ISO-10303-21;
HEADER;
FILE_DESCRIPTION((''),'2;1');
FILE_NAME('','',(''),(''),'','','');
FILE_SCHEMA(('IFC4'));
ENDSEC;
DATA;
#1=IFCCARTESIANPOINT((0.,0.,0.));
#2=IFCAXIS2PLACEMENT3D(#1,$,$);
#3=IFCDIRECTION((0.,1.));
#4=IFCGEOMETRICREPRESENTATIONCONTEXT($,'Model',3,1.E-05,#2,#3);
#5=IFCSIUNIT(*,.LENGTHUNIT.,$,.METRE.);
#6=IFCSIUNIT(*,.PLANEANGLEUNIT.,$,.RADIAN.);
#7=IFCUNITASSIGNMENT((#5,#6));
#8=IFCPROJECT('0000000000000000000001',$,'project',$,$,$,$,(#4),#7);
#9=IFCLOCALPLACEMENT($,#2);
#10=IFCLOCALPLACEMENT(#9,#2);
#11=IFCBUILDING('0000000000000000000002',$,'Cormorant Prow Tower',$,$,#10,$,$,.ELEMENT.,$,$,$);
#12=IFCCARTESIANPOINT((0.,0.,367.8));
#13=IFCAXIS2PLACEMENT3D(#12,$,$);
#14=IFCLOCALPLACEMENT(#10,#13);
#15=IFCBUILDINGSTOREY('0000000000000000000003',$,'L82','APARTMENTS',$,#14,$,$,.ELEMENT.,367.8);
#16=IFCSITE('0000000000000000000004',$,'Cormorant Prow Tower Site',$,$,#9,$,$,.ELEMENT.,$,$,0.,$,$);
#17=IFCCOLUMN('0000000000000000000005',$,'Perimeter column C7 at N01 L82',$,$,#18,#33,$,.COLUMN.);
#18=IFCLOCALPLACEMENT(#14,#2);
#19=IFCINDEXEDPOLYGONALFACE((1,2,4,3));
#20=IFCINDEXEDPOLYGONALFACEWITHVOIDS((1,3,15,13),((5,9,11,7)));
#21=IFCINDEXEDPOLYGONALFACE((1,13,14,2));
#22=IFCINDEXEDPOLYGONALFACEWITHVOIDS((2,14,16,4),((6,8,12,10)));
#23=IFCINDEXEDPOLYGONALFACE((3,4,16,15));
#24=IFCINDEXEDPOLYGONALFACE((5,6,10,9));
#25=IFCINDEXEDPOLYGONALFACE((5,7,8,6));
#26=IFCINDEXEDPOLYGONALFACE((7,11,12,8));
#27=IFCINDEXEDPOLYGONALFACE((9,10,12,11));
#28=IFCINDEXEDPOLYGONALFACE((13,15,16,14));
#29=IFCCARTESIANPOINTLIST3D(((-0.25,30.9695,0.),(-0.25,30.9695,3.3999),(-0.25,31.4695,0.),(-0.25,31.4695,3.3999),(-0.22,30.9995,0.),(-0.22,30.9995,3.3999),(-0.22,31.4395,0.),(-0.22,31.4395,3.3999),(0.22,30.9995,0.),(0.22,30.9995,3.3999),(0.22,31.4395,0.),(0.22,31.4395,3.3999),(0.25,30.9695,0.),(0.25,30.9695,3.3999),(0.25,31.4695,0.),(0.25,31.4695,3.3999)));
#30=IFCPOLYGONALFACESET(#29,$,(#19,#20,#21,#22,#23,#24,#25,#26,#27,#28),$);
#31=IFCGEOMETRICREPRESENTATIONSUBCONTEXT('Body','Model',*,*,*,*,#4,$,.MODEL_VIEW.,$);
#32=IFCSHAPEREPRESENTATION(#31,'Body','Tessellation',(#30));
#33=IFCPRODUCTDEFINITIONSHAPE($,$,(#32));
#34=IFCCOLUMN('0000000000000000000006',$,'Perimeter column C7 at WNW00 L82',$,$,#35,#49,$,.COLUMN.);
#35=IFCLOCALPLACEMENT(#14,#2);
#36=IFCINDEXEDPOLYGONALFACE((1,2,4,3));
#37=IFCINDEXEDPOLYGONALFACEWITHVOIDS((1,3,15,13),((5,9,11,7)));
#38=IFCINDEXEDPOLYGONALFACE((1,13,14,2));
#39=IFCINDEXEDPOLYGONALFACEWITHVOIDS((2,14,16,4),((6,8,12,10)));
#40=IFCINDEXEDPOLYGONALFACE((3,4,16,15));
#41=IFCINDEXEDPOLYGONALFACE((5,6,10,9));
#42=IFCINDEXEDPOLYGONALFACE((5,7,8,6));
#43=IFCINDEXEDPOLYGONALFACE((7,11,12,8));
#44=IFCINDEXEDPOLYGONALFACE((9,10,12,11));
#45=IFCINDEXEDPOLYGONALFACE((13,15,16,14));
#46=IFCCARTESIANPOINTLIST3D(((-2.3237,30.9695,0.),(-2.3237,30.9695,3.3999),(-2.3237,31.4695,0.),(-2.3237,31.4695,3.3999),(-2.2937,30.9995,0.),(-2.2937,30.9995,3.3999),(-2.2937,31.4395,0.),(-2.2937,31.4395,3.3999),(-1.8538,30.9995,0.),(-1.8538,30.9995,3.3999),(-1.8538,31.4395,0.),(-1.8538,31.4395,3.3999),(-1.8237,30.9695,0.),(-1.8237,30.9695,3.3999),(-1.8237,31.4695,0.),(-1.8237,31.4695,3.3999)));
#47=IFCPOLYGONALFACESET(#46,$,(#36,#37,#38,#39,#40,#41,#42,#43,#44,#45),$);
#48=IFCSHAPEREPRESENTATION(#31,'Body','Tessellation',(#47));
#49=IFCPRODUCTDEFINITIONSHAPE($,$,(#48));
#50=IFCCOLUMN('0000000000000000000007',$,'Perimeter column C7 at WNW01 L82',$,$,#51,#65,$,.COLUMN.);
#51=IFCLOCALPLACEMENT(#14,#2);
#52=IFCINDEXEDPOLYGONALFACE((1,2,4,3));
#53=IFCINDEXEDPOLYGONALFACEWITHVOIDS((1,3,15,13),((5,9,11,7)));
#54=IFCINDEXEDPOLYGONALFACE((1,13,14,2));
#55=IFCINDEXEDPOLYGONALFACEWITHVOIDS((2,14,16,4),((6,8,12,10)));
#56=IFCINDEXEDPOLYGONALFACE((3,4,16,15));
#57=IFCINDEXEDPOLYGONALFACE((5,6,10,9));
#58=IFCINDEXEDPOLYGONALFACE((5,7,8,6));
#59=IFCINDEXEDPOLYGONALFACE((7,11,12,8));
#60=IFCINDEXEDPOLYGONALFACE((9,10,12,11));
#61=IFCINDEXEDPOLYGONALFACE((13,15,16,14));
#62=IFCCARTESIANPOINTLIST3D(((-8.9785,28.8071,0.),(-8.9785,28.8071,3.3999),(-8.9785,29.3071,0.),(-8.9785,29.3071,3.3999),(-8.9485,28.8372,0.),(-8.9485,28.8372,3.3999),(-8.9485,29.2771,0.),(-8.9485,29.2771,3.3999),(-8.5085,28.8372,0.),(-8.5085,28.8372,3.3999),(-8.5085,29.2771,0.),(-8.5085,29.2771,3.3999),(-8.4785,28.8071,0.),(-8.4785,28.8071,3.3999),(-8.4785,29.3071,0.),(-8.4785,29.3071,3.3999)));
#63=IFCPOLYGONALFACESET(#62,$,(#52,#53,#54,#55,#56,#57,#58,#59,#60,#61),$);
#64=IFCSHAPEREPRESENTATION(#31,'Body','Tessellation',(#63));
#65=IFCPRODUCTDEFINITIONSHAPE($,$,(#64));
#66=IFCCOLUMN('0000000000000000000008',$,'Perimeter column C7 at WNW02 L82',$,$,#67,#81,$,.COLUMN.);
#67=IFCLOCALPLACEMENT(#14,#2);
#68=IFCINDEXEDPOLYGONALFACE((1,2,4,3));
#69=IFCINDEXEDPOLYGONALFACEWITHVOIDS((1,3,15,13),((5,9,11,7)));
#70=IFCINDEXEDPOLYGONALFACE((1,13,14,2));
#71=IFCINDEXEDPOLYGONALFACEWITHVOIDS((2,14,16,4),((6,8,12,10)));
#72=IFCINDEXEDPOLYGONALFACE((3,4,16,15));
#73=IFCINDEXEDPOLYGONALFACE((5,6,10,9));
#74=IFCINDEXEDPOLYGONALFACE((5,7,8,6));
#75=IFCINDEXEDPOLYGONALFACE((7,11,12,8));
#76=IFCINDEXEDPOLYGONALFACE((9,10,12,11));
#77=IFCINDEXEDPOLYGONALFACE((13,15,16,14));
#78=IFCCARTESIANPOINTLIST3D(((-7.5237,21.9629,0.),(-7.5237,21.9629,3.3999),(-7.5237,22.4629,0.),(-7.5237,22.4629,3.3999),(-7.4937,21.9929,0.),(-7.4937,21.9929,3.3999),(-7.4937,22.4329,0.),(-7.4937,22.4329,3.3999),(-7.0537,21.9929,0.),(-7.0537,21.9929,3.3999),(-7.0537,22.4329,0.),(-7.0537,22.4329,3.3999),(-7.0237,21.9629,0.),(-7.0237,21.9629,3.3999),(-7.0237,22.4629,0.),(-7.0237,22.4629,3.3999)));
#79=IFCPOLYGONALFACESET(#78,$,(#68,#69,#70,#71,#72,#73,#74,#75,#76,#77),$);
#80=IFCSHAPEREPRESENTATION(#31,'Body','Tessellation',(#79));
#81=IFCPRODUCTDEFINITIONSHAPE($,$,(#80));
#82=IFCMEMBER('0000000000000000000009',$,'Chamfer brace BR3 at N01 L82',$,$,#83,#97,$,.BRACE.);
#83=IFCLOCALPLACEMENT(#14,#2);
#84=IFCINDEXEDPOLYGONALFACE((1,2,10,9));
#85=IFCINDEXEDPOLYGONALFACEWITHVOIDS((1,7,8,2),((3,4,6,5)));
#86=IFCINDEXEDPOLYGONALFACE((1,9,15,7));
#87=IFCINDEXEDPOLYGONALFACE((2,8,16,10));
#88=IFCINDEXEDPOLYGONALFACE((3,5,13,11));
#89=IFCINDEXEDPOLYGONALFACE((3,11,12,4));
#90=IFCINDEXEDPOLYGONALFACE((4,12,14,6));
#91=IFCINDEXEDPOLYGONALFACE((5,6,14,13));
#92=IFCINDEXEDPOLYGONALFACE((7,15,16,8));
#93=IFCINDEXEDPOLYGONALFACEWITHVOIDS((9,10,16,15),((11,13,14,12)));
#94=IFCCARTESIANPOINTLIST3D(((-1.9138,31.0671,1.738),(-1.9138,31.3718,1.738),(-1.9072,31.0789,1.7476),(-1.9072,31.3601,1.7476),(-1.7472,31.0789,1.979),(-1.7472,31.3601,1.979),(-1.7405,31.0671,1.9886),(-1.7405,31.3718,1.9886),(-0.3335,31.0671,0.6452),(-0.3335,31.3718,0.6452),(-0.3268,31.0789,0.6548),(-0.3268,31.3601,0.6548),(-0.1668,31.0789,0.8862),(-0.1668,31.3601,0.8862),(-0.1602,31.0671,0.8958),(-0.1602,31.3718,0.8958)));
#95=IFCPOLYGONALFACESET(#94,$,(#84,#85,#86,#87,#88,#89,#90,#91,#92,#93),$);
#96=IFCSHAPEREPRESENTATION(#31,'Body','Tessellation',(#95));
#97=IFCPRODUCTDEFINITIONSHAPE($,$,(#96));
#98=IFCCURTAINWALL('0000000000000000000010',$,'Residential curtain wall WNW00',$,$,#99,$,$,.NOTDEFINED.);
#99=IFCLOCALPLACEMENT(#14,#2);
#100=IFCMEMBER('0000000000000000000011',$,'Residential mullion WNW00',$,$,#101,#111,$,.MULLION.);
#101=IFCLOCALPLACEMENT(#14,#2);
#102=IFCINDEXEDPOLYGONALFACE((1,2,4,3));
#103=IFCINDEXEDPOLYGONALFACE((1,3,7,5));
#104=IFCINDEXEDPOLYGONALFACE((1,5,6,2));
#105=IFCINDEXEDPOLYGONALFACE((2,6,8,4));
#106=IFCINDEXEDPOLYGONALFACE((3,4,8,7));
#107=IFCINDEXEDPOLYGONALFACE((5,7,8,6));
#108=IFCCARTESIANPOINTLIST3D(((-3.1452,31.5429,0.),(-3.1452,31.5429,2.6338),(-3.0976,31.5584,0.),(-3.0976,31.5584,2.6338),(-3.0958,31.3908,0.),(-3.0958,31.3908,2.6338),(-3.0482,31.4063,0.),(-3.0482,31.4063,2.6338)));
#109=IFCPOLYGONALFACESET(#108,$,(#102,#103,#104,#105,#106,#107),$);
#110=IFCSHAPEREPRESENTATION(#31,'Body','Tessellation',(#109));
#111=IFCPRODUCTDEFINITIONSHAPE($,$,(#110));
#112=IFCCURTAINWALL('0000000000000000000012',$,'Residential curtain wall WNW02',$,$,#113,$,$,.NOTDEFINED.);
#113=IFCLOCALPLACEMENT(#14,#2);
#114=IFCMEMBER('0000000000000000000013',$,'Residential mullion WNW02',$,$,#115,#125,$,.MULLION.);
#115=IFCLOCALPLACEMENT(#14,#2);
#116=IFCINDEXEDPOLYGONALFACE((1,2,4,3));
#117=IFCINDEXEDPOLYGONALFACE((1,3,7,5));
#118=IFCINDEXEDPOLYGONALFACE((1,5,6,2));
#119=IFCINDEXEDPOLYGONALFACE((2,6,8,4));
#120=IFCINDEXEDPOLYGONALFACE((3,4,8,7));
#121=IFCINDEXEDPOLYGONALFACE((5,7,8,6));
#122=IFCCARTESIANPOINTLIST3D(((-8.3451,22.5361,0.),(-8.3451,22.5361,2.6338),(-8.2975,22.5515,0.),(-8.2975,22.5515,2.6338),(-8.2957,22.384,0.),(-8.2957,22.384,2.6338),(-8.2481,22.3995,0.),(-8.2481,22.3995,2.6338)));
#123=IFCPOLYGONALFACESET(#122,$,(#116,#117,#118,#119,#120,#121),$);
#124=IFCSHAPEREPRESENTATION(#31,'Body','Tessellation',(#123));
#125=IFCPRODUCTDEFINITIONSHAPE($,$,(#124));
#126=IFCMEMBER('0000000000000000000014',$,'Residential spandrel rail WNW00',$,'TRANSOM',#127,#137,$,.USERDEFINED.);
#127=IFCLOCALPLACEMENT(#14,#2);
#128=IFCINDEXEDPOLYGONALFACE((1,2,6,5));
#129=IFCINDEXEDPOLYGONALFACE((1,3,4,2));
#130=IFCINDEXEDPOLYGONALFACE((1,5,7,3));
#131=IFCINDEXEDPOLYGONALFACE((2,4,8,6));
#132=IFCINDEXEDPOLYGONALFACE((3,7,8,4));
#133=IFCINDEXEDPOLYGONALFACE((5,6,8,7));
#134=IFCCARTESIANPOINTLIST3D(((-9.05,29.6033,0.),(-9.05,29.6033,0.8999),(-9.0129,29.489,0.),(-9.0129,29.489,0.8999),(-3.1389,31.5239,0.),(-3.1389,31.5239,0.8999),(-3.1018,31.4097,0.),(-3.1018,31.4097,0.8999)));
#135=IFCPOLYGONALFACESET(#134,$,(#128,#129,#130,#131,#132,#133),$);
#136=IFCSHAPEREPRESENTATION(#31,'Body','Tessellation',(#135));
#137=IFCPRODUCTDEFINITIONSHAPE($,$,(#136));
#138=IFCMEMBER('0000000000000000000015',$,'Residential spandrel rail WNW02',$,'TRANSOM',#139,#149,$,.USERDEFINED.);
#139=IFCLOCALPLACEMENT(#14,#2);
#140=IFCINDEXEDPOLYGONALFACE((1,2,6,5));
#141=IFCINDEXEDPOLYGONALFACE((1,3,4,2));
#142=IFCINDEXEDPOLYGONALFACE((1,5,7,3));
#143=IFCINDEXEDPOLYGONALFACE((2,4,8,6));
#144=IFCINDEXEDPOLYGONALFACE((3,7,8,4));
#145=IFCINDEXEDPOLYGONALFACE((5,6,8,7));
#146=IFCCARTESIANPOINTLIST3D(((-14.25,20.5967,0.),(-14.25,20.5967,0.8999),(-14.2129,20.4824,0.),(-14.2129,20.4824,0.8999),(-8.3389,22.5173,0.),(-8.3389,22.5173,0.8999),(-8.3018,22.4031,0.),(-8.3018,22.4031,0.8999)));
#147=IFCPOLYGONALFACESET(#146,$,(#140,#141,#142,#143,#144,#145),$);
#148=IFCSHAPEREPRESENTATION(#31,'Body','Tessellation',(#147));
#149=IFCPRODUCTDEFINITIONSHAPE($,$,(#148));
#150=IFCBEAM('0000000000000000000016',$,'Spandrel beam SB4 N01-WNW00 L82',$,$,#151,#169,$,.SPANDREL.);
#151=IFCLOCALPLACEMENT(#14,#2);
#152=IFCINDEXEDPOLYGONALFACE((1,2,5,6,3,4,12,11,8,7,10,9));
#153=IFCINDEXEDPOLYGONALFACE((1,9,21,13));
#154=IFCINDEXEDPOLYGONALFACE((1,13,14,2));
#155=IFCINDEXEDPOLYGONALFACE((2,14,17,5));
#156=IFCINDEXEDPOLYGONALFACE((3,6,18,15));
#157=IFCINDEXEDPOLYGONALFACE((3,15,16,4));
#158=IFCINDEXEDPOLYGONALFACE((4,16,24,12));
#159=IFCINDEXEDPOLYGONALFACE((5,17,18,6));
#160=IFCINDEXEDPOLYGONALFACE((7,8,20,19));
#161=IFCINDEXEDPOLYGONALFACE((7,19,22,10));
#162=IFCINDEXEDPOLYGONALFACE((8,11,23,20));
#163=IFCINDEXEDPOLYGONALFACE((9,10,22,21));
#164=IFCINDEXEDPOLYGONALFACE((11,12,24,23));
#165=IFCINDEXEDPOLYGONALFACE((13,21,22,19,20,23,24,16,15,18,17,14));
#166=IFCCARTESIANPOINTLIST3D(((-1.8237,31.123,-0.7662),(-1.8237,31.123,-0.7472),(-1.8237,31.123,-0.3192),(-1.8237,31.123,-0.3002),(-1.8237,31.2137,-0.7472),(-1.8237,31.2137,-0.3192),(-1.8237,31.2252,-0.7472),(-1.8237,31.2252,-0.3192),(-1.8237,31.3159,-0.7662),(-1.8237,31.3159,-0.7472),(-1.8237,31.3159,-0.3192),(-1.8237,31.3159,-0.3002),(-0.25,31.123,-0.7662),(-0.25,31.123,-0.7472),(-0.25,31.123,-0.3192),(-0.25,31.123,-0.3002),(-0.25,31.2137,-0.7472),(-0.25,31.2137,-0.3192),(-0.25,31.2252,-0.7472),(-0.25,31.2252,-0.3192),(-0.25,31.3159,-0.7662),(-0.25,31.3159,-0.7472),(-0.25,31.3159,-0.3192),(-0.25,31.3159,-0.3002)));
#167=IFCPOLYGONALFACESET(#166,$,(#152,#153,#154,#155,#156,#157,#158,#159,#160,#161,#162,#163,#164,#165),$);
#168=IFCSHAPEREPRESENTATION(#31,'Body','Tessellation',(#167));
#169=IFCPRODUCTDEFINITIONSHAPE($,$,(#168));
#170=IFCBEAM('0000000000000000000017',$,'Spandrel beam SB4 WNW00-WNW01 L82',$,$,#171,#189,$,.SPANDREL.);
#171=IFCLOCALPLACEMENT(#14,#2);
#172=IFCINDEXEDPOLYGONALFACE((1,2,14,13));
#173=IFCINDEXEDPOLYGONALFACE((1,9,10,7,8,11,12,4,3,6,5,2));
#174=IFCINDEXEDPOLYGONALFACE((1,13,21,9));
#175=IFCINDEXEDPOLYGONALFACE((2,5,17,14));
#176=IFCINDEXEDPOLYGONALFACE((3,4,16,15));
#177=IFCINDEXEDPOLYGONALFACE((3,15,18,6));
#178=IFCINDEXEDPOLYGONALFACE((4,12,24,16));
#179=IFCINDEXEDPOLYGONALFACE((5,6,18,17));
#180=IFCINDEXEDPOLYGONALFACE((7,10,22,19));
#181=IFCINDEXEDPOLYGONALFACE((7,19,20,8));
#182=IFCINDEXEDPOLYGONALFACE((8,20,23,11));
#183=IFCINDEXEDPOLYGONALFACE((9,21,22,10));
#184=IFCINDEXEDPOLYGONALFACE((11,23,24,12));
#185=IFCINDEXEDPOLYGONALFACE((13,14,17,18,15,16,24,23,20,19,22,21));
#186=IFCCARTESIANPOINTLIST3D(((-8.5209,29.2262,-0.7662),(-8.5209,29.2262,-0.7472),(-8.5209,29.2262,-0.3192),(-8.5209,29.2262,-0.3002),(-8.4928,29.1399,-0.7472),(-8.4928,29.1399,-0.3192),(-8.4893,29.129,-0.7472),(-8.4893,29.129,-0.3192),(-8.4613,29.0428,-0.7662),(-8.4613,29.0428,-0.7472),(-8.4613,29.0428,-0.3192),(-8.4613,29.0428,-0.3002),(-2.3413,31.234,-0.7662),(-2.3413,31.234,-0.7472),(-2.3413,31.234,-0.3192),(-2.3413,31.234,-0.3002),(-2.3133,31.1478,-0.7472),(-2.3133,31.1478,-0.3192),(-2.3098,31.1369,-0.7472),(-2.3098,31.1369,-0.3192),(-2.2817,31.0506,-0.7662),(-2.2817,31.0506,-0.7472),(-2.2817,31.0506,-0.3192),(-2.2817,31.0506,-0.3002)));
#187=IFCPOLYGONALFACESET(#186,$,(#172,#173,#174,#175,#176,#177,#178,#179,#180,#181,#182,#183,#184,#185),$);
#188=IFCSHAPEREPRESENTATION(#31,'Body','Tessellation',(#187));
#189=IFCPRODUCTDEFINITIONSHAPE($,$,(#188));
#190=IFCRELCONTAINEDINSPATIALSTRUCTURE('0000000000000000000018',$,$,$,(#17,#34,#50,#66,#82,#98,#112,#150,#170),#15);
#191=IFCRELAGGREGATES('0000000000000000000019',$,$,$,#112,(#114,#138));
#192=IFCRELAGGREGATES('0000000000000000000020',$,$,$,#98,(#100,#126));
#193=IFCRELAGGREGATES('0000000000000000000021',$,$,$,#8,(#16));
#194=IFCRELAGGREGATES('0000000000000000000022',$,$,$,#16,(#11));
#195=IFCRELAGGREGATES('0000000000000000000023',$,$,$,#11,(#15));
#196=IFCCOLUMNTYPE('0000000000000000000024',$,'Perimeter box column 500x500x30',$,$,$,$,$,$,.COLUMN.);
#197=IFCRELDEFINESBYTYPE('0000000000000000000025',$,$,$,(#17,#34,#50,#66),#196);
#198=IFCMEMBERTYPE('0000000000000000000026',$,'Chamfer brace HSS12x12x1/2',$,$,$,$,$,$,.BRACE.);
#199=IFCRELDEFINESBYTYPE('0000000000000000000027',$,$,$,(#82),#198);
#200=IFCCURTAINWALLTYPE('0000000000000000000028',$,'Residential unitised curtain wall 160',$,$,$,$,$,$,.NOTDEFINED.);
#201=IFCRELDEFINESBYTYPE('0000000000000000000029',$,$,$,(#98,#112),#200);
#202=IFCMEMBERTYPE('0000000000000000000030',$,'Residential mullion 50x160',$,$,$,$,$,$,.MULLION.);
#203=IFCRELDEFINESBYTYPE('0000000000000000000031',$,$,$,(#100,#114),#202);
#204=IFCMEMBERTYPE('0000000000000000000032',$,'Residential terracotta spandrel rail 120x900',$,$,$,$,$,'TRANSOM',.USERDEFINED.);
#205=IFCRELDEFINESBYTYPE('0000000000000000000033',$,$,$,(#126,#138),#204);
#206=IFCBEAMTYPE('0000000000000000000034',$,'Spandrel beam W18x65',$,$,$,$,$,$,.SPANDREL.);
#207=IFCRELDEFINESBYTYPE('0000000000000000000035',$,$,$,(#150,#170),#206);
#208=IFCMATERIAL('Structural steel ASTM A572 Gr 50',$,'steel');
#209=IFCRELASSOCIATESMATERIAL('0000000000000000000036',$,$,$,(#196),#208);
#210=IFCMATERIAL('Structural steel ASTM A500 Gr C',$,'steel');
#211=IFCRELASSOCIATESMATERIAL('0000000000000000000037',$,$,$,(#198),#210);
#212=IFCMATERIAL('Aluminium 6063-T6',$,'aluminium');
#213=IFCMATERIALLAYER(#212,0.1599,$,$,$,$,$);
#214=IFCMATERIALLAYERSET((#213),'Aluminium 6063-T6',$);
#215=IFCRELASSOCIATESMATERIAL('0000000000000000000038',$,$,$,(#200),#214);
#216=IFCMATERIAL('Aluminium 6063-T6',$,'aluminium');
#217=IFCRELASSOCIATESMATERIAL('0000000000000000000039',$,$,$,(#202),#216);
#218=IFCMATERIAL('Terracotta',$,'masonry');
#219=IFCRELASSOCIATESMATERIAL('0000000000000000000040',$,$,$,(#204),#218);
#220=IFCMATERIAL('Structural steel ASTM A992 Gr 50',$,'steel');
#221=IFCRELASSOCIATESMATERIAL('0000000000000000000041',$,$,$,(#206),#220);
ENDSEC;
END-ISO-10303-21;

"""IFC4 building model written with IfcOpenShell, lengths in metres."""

from ifc_helpers import new_model, si_unit, direction, frame, origin, origin_2d, place, context, subcontext, project, spatial, rectangle, hollow_rectangle, i_section, extrude, material, layer, layer_set, material_profile, profile_set, type_object, element, aggregate, save


model = new_model("IFC4")

# Units and contexts
model_context = context("Model", 3, precision=1e-05, world=origin(), true_north=direction((0.0, 1.0)))
body_context = subcontext(model_context, "Body", "Model", "MODEL_VIEW")
ifc_project = project(units=[si_unit("LENGTHUNIT", "METRE"), si_unit("PLANEANGLEUNIT", "RADIAN")], contexts=[model_context])

# Site, building, storey
site_placement = place(None, origin())
site = spatial("IfcSite", under=ifc_project, at=site_placement, Name="Cormorant Prow Tower Site", CompositionType="ELEMENT", RefElevation=0.0)
building_placement = place(site_placement, origin())
building = spatial("IfcBuilding", under=site, at=building_placement, Name="Cormorant Prow Tower", CompositionType="ELEMENT")
storey_placement = place(building_placement, frame((0.0, 0.0, 367.8)))
storey = spatial("IfcBuildingStorey", under=building, at=storey_placement, Name="L82", Description="APARTMENTS", CompositionType="ELEMENT", Elevation=367.8)

# Columns
ifc_material_1 = material(Name="Structural steel ASTM A572 Gr 50", Category="steel")
ifc_material_profile_1 = material_profile(ifc_material_1, hollow_rectangle(XDim=0.5, YDim=0.5, WallThickness=0.03, at=origin_2d()), Name="Box 500x500x30")
ifc_profile_set_1 = profile_set([ifc_material_profile_1], Name="Structural steel ASTM A572 Gr 50")
column_type = type_object("IfcColumnType", Name="Perimeter box column 500x500x30", PredefinedType="COLUMN", material=ifc_profile_set_1)
for number, where, z_axis, x_axis, name in (
    (1, (0.0, 31.2195, 0.0), (0.0, 0.0, 1.0), (1.0, 0.0, 0.0), "Perimeter column C7 at N01 L82"),
    (2, (-2.0737, 31.2195, 0.0), (0.0, 0.0, 1.0), (1.0, 0.0, 0.0), "Perimeter column C7 at WNW00 L82"),
    (3, (-8.7285, 29.0571, 0.0), (0.0, 0.0, 1.0), (1.0, 0.0, 0.0), "Perimeter column C7 at WNW01 L82"),
    (4, (-7.2737, 22.2129, 0.0), (0.0, 0.0, 1.0), (1.0, 0.0, 0.0), "Perimeter column C7 at WNW02 L82"),
):
    element("IfcColumn", number, at=place(storey_placement, frame(where, z_axis=z_axis, x_axis=x_axis)), inside=storey, type_object=column_type, Name=name, PredefinedType="COLUMN", context=body_context, shape_type="SweptSolid", body=[
        extrude(hollow_rectangle(XDim=0.5, YDim=0.5, WallThickness=0.03, at=origin_2d()), origin(), (0.0, 0.0, 1.0), 3.3999),
    ])

# Member
ifc_material_2 = material(Name="Structural steel ASTM A500 Gr C", Category="steel")
ifc_material_profile_2 = material_profile(ifc_material_2, hollow_rectangle(XDim=0.3047, YDim=0.3047, WallThickness=0.0117, at=origin_2d()), Name="HSS12x12x1/2")
ifc_profile_set_2 = profile_set([ifc_material_profile_2], Name="Structural steel ASTM A500 Gr C")
member_type_1 = type_object("IfcMemberType", Name="Chamfer brace HSS12x12x1/2", PredefinedType="BRACE", material=ifc_profile_set_2)
member_1_placement = place(storey_placement, frame((-0.2468, 31.2195, 0.7705), z_axis=(-0.822508, 0.0, 0.568754), x_axis=(0.0, -1.0, 0.0)))
element("IfcMember", 5, at=member_1_placement, inside=storey, type_object=member_type_1, Name="Chamfer brace BR3 at N01 L82", PredefinedType="BRACE", context=body_context, shape_type="SweptSolid", body=[
    extrude(hollow_rectangle(XDim=0.3047, YDim=0.3047, WallThickness=0.0117, at=origin_2d()), origin(), (0.0, 0.0, 1.0), 1.9214),
])

# Curtain walls, members
ifc_material_3 = material(Name="Aluminium 6063-T6", Category="aluminium")
ifc_layer_1 = layer(ifc_material_3, 0.1599)
ifc_layer_set_1 = layer_set([ifc_layer_1], Name="Aluminium 6063-T6")
curtain_wall_type = type_object("IfcCurtainWallType", Name="Residential unitised curtain wall 160", PredefinedType="NOTDEFINED", material=ifc_layer_set_1)
curtain_wall_1_placement = place(storey_placement, origin())
curtain_wall_1 = element("IfcCurtainWall", 6, at=curtain_wall_1_placement, inside=storey, type_object=curtain_wall_type, Name="Residential curtain wall WNW00", PredefinedType="NOTDEFINED")
ifc_material_4 = material(Name="Aluminium 6063-T6", Category="aluminium")
ifc_material_profile_3 = material_profile(ifc_material_4, rectangle(XDim=0.1599, YDim=0.05, at=origin_2d()), Name="Residential mullion 50x160")
ifc_profile_set_3 = profile_set([ifc_material_profile_3], Name="Aluminium 6063-T6")
member_type_2 = type_object("IfcMemberType", Name="Residential mullion 50x160", PredefinedType="MULLION", material=ifc_profile_set_3)
member_2_placement = place(storey_placement, frame((-3.0967, 31.4746, 0.0), z_axis=(0.0, 0.0, 1.0), x_axis=(0.309017, -0.951057, 0.0)))
member_2 = element("IfcMember", 7, at=member_2_placement, type_object=member_type_2, Name="Residential mullion WNW00", PredefinedType="MULLION", context=body_context, shape_type="SweptSolid", body=[
    extrude(rectangle(XDim=0.1599, YDim=0.05, at=origin_2d()), origin(), (0.0, 0.0, 1.0), 2.6338),
])
curtain_wall_2_placement = place(storey_placement, origin())
curtain_wall_2 = element("IfcCurtainWall", 8, at=curtain_wall_2_placement, inside=storey, type_object=curtain_wall_type, Name="Residential curtain wall WNW02", PredefinedType="NOTDEFINED")
member_3_placement = place(storey_placement, frame((-8.2966, 22.4678, 0.0), z_axis=(0.0, 0.0, 1.0), x_axis=(0.309017, -0.951057, 0.0)))
member_3 = element("IfcMember", 9, at=member_3_placement, type_object=member_type_2, Name="Residential mullion WNW02", PredefinedType="MULLION", context=body_context, shape_type="SweptSolid", body=[
    extrude(rectangle(XDim=0.1599, YDim=0.05, at=origin_2d()), origin(), (0.0, 0.0, 1.0), 2.6338),
])

# Members
ifc_material_5 = material(Name="Terracotta", Category="masonry")
ifc_material_profile_4 = material_profile(ifc_material_5, rectangle(XDim=0.1201, YDim=0.8999, at=origin_2d()), Name="Residential terracotta spandrel rail 120x900")
ifc_profile_set_4 = profile_set([ifc_material_profile_4], Name="Terracotta")
member_type_3 = type_object("IfcMemberType", Name="Residential terracotta spandrel rail 120x900", ElementType="TRANSOM", PredefinedType="USERDEFINED", material=ifc_profile_set_4)
member_4_placement = place(storey_placement, frame((-3.1204, 31.4668, 0.45), z_axis=(-0.951056, -0.309019, 0.0), x_axis=(0.309019, -0.951056, 0.0)))
member_4 = element("IfcMember", 10, at=member_4_placement, type_object=member_type_3, Name="Residential spandrel rail WNW00", ObjectType="TRANSOM", PredefinedType="USERDEFINED", context=body_context, shape_type="SweptSolid", body=[
    extrude(rectangle(XDim=0.1201, YDim=0.8999, at=origin_2d()), origin(), (0.0, 0.0, 1.0), 6.2153),
])
member_5_placement = place(storey_placement, frame((-8.3203, 22.4602, 0.45), z_axis=(-0.951056, -0.309019, 0.0), x_axis=(0.309019, -0.951056, 0.0)))
member_5 = element("IfcMember", 11, at=member_5_placement, type_object=member_type_3, Name="Residential spandrel rail WNW02", ObjectType="TRANSOM", PredefinedType="USERDEFINED", context=body_context, shape_type="SweptSolid", body=[
    extrude(rectangle(XDim=0.1201, YDim=0.8999, at=origin_2d()), origin(), (0.0, 0.0, 1.0), 6.2153),
])
aggregate(curtain_wall_2, [member_3, member_5])

# Beams
ifc_material_6 = material(Name="Structural steel ASTM A992 Gr 50", Category="steel")
ifc_material_profile_5 = material_profile(ifc_material_6, i_section(OverallWidth=0.1929, OverallDepth=0.4661, WebThickness=0.0115, FlangeThickness=0.019, at=origin_2d()), Name="W18x65")
ifc_profile_set_5 = profile_set([ifc_material_profile_5], Name="Structural steel ASTM A992 Gr 50")
beam_type = type_object("IfcBeamType", Name="Spandrel beam W18x65", PredefinedType="SPANDREL", material=ifc_profile_set_5)
beam_1_placement = place(storey_placement, frame((-0.25, 31.2195, -0.5332), z_axis=(-1.0, 0.0, 0.0), x_axis=(0.0, -1.0, 0.0)))
element("IfcBeam", 12, at=beam_1_placement, inside=storey, type_object=beam_type, Name="Spandrel beam SB4 N01-WNW00 L82", PredefinedType="SPANDREL", context=body_context, shape_type="SweptSolid", body=[
    extrude(i_section(OverallWidth=0.1929, OverallDepth=0.4661, WebThickness=0.0115, FlangeThickness=0.019, at=origin_2d()), origin(), (0.0, 0.0, 1.0), 1.5737),
])
for number, where, z_axis, x_axis, name in (
    (13, (-2.3115, 31.1423, -0.5332), (-0.951057, -0.309016, 0.0), (0.309016, -0.951057, 0.0), "Spandrel beam SB4 WNW00-WNW01 L82"),
):
    element("IfcBeam", number, at=place(storey_placement, frame(where, z_axis=z_axis, x_axis=x_axis)), inside=storey, type_object=beam_type, Name=name, PredefinedType="SPANDREL", context=body_context, shape_type="SweptSolid", body=[
        extrude(i_section(OverallWidth=0.1929, OverallDepth=0.4661, WebThickness=0.0115, FlangeThickness=0.019, at=origin_2d()), origin(), (0.0, 0.0, 1.0), 6.4976),
    ])

aggregate(curtain_wall_1, [member_2, member_4])

save(model, "model.ifc")
